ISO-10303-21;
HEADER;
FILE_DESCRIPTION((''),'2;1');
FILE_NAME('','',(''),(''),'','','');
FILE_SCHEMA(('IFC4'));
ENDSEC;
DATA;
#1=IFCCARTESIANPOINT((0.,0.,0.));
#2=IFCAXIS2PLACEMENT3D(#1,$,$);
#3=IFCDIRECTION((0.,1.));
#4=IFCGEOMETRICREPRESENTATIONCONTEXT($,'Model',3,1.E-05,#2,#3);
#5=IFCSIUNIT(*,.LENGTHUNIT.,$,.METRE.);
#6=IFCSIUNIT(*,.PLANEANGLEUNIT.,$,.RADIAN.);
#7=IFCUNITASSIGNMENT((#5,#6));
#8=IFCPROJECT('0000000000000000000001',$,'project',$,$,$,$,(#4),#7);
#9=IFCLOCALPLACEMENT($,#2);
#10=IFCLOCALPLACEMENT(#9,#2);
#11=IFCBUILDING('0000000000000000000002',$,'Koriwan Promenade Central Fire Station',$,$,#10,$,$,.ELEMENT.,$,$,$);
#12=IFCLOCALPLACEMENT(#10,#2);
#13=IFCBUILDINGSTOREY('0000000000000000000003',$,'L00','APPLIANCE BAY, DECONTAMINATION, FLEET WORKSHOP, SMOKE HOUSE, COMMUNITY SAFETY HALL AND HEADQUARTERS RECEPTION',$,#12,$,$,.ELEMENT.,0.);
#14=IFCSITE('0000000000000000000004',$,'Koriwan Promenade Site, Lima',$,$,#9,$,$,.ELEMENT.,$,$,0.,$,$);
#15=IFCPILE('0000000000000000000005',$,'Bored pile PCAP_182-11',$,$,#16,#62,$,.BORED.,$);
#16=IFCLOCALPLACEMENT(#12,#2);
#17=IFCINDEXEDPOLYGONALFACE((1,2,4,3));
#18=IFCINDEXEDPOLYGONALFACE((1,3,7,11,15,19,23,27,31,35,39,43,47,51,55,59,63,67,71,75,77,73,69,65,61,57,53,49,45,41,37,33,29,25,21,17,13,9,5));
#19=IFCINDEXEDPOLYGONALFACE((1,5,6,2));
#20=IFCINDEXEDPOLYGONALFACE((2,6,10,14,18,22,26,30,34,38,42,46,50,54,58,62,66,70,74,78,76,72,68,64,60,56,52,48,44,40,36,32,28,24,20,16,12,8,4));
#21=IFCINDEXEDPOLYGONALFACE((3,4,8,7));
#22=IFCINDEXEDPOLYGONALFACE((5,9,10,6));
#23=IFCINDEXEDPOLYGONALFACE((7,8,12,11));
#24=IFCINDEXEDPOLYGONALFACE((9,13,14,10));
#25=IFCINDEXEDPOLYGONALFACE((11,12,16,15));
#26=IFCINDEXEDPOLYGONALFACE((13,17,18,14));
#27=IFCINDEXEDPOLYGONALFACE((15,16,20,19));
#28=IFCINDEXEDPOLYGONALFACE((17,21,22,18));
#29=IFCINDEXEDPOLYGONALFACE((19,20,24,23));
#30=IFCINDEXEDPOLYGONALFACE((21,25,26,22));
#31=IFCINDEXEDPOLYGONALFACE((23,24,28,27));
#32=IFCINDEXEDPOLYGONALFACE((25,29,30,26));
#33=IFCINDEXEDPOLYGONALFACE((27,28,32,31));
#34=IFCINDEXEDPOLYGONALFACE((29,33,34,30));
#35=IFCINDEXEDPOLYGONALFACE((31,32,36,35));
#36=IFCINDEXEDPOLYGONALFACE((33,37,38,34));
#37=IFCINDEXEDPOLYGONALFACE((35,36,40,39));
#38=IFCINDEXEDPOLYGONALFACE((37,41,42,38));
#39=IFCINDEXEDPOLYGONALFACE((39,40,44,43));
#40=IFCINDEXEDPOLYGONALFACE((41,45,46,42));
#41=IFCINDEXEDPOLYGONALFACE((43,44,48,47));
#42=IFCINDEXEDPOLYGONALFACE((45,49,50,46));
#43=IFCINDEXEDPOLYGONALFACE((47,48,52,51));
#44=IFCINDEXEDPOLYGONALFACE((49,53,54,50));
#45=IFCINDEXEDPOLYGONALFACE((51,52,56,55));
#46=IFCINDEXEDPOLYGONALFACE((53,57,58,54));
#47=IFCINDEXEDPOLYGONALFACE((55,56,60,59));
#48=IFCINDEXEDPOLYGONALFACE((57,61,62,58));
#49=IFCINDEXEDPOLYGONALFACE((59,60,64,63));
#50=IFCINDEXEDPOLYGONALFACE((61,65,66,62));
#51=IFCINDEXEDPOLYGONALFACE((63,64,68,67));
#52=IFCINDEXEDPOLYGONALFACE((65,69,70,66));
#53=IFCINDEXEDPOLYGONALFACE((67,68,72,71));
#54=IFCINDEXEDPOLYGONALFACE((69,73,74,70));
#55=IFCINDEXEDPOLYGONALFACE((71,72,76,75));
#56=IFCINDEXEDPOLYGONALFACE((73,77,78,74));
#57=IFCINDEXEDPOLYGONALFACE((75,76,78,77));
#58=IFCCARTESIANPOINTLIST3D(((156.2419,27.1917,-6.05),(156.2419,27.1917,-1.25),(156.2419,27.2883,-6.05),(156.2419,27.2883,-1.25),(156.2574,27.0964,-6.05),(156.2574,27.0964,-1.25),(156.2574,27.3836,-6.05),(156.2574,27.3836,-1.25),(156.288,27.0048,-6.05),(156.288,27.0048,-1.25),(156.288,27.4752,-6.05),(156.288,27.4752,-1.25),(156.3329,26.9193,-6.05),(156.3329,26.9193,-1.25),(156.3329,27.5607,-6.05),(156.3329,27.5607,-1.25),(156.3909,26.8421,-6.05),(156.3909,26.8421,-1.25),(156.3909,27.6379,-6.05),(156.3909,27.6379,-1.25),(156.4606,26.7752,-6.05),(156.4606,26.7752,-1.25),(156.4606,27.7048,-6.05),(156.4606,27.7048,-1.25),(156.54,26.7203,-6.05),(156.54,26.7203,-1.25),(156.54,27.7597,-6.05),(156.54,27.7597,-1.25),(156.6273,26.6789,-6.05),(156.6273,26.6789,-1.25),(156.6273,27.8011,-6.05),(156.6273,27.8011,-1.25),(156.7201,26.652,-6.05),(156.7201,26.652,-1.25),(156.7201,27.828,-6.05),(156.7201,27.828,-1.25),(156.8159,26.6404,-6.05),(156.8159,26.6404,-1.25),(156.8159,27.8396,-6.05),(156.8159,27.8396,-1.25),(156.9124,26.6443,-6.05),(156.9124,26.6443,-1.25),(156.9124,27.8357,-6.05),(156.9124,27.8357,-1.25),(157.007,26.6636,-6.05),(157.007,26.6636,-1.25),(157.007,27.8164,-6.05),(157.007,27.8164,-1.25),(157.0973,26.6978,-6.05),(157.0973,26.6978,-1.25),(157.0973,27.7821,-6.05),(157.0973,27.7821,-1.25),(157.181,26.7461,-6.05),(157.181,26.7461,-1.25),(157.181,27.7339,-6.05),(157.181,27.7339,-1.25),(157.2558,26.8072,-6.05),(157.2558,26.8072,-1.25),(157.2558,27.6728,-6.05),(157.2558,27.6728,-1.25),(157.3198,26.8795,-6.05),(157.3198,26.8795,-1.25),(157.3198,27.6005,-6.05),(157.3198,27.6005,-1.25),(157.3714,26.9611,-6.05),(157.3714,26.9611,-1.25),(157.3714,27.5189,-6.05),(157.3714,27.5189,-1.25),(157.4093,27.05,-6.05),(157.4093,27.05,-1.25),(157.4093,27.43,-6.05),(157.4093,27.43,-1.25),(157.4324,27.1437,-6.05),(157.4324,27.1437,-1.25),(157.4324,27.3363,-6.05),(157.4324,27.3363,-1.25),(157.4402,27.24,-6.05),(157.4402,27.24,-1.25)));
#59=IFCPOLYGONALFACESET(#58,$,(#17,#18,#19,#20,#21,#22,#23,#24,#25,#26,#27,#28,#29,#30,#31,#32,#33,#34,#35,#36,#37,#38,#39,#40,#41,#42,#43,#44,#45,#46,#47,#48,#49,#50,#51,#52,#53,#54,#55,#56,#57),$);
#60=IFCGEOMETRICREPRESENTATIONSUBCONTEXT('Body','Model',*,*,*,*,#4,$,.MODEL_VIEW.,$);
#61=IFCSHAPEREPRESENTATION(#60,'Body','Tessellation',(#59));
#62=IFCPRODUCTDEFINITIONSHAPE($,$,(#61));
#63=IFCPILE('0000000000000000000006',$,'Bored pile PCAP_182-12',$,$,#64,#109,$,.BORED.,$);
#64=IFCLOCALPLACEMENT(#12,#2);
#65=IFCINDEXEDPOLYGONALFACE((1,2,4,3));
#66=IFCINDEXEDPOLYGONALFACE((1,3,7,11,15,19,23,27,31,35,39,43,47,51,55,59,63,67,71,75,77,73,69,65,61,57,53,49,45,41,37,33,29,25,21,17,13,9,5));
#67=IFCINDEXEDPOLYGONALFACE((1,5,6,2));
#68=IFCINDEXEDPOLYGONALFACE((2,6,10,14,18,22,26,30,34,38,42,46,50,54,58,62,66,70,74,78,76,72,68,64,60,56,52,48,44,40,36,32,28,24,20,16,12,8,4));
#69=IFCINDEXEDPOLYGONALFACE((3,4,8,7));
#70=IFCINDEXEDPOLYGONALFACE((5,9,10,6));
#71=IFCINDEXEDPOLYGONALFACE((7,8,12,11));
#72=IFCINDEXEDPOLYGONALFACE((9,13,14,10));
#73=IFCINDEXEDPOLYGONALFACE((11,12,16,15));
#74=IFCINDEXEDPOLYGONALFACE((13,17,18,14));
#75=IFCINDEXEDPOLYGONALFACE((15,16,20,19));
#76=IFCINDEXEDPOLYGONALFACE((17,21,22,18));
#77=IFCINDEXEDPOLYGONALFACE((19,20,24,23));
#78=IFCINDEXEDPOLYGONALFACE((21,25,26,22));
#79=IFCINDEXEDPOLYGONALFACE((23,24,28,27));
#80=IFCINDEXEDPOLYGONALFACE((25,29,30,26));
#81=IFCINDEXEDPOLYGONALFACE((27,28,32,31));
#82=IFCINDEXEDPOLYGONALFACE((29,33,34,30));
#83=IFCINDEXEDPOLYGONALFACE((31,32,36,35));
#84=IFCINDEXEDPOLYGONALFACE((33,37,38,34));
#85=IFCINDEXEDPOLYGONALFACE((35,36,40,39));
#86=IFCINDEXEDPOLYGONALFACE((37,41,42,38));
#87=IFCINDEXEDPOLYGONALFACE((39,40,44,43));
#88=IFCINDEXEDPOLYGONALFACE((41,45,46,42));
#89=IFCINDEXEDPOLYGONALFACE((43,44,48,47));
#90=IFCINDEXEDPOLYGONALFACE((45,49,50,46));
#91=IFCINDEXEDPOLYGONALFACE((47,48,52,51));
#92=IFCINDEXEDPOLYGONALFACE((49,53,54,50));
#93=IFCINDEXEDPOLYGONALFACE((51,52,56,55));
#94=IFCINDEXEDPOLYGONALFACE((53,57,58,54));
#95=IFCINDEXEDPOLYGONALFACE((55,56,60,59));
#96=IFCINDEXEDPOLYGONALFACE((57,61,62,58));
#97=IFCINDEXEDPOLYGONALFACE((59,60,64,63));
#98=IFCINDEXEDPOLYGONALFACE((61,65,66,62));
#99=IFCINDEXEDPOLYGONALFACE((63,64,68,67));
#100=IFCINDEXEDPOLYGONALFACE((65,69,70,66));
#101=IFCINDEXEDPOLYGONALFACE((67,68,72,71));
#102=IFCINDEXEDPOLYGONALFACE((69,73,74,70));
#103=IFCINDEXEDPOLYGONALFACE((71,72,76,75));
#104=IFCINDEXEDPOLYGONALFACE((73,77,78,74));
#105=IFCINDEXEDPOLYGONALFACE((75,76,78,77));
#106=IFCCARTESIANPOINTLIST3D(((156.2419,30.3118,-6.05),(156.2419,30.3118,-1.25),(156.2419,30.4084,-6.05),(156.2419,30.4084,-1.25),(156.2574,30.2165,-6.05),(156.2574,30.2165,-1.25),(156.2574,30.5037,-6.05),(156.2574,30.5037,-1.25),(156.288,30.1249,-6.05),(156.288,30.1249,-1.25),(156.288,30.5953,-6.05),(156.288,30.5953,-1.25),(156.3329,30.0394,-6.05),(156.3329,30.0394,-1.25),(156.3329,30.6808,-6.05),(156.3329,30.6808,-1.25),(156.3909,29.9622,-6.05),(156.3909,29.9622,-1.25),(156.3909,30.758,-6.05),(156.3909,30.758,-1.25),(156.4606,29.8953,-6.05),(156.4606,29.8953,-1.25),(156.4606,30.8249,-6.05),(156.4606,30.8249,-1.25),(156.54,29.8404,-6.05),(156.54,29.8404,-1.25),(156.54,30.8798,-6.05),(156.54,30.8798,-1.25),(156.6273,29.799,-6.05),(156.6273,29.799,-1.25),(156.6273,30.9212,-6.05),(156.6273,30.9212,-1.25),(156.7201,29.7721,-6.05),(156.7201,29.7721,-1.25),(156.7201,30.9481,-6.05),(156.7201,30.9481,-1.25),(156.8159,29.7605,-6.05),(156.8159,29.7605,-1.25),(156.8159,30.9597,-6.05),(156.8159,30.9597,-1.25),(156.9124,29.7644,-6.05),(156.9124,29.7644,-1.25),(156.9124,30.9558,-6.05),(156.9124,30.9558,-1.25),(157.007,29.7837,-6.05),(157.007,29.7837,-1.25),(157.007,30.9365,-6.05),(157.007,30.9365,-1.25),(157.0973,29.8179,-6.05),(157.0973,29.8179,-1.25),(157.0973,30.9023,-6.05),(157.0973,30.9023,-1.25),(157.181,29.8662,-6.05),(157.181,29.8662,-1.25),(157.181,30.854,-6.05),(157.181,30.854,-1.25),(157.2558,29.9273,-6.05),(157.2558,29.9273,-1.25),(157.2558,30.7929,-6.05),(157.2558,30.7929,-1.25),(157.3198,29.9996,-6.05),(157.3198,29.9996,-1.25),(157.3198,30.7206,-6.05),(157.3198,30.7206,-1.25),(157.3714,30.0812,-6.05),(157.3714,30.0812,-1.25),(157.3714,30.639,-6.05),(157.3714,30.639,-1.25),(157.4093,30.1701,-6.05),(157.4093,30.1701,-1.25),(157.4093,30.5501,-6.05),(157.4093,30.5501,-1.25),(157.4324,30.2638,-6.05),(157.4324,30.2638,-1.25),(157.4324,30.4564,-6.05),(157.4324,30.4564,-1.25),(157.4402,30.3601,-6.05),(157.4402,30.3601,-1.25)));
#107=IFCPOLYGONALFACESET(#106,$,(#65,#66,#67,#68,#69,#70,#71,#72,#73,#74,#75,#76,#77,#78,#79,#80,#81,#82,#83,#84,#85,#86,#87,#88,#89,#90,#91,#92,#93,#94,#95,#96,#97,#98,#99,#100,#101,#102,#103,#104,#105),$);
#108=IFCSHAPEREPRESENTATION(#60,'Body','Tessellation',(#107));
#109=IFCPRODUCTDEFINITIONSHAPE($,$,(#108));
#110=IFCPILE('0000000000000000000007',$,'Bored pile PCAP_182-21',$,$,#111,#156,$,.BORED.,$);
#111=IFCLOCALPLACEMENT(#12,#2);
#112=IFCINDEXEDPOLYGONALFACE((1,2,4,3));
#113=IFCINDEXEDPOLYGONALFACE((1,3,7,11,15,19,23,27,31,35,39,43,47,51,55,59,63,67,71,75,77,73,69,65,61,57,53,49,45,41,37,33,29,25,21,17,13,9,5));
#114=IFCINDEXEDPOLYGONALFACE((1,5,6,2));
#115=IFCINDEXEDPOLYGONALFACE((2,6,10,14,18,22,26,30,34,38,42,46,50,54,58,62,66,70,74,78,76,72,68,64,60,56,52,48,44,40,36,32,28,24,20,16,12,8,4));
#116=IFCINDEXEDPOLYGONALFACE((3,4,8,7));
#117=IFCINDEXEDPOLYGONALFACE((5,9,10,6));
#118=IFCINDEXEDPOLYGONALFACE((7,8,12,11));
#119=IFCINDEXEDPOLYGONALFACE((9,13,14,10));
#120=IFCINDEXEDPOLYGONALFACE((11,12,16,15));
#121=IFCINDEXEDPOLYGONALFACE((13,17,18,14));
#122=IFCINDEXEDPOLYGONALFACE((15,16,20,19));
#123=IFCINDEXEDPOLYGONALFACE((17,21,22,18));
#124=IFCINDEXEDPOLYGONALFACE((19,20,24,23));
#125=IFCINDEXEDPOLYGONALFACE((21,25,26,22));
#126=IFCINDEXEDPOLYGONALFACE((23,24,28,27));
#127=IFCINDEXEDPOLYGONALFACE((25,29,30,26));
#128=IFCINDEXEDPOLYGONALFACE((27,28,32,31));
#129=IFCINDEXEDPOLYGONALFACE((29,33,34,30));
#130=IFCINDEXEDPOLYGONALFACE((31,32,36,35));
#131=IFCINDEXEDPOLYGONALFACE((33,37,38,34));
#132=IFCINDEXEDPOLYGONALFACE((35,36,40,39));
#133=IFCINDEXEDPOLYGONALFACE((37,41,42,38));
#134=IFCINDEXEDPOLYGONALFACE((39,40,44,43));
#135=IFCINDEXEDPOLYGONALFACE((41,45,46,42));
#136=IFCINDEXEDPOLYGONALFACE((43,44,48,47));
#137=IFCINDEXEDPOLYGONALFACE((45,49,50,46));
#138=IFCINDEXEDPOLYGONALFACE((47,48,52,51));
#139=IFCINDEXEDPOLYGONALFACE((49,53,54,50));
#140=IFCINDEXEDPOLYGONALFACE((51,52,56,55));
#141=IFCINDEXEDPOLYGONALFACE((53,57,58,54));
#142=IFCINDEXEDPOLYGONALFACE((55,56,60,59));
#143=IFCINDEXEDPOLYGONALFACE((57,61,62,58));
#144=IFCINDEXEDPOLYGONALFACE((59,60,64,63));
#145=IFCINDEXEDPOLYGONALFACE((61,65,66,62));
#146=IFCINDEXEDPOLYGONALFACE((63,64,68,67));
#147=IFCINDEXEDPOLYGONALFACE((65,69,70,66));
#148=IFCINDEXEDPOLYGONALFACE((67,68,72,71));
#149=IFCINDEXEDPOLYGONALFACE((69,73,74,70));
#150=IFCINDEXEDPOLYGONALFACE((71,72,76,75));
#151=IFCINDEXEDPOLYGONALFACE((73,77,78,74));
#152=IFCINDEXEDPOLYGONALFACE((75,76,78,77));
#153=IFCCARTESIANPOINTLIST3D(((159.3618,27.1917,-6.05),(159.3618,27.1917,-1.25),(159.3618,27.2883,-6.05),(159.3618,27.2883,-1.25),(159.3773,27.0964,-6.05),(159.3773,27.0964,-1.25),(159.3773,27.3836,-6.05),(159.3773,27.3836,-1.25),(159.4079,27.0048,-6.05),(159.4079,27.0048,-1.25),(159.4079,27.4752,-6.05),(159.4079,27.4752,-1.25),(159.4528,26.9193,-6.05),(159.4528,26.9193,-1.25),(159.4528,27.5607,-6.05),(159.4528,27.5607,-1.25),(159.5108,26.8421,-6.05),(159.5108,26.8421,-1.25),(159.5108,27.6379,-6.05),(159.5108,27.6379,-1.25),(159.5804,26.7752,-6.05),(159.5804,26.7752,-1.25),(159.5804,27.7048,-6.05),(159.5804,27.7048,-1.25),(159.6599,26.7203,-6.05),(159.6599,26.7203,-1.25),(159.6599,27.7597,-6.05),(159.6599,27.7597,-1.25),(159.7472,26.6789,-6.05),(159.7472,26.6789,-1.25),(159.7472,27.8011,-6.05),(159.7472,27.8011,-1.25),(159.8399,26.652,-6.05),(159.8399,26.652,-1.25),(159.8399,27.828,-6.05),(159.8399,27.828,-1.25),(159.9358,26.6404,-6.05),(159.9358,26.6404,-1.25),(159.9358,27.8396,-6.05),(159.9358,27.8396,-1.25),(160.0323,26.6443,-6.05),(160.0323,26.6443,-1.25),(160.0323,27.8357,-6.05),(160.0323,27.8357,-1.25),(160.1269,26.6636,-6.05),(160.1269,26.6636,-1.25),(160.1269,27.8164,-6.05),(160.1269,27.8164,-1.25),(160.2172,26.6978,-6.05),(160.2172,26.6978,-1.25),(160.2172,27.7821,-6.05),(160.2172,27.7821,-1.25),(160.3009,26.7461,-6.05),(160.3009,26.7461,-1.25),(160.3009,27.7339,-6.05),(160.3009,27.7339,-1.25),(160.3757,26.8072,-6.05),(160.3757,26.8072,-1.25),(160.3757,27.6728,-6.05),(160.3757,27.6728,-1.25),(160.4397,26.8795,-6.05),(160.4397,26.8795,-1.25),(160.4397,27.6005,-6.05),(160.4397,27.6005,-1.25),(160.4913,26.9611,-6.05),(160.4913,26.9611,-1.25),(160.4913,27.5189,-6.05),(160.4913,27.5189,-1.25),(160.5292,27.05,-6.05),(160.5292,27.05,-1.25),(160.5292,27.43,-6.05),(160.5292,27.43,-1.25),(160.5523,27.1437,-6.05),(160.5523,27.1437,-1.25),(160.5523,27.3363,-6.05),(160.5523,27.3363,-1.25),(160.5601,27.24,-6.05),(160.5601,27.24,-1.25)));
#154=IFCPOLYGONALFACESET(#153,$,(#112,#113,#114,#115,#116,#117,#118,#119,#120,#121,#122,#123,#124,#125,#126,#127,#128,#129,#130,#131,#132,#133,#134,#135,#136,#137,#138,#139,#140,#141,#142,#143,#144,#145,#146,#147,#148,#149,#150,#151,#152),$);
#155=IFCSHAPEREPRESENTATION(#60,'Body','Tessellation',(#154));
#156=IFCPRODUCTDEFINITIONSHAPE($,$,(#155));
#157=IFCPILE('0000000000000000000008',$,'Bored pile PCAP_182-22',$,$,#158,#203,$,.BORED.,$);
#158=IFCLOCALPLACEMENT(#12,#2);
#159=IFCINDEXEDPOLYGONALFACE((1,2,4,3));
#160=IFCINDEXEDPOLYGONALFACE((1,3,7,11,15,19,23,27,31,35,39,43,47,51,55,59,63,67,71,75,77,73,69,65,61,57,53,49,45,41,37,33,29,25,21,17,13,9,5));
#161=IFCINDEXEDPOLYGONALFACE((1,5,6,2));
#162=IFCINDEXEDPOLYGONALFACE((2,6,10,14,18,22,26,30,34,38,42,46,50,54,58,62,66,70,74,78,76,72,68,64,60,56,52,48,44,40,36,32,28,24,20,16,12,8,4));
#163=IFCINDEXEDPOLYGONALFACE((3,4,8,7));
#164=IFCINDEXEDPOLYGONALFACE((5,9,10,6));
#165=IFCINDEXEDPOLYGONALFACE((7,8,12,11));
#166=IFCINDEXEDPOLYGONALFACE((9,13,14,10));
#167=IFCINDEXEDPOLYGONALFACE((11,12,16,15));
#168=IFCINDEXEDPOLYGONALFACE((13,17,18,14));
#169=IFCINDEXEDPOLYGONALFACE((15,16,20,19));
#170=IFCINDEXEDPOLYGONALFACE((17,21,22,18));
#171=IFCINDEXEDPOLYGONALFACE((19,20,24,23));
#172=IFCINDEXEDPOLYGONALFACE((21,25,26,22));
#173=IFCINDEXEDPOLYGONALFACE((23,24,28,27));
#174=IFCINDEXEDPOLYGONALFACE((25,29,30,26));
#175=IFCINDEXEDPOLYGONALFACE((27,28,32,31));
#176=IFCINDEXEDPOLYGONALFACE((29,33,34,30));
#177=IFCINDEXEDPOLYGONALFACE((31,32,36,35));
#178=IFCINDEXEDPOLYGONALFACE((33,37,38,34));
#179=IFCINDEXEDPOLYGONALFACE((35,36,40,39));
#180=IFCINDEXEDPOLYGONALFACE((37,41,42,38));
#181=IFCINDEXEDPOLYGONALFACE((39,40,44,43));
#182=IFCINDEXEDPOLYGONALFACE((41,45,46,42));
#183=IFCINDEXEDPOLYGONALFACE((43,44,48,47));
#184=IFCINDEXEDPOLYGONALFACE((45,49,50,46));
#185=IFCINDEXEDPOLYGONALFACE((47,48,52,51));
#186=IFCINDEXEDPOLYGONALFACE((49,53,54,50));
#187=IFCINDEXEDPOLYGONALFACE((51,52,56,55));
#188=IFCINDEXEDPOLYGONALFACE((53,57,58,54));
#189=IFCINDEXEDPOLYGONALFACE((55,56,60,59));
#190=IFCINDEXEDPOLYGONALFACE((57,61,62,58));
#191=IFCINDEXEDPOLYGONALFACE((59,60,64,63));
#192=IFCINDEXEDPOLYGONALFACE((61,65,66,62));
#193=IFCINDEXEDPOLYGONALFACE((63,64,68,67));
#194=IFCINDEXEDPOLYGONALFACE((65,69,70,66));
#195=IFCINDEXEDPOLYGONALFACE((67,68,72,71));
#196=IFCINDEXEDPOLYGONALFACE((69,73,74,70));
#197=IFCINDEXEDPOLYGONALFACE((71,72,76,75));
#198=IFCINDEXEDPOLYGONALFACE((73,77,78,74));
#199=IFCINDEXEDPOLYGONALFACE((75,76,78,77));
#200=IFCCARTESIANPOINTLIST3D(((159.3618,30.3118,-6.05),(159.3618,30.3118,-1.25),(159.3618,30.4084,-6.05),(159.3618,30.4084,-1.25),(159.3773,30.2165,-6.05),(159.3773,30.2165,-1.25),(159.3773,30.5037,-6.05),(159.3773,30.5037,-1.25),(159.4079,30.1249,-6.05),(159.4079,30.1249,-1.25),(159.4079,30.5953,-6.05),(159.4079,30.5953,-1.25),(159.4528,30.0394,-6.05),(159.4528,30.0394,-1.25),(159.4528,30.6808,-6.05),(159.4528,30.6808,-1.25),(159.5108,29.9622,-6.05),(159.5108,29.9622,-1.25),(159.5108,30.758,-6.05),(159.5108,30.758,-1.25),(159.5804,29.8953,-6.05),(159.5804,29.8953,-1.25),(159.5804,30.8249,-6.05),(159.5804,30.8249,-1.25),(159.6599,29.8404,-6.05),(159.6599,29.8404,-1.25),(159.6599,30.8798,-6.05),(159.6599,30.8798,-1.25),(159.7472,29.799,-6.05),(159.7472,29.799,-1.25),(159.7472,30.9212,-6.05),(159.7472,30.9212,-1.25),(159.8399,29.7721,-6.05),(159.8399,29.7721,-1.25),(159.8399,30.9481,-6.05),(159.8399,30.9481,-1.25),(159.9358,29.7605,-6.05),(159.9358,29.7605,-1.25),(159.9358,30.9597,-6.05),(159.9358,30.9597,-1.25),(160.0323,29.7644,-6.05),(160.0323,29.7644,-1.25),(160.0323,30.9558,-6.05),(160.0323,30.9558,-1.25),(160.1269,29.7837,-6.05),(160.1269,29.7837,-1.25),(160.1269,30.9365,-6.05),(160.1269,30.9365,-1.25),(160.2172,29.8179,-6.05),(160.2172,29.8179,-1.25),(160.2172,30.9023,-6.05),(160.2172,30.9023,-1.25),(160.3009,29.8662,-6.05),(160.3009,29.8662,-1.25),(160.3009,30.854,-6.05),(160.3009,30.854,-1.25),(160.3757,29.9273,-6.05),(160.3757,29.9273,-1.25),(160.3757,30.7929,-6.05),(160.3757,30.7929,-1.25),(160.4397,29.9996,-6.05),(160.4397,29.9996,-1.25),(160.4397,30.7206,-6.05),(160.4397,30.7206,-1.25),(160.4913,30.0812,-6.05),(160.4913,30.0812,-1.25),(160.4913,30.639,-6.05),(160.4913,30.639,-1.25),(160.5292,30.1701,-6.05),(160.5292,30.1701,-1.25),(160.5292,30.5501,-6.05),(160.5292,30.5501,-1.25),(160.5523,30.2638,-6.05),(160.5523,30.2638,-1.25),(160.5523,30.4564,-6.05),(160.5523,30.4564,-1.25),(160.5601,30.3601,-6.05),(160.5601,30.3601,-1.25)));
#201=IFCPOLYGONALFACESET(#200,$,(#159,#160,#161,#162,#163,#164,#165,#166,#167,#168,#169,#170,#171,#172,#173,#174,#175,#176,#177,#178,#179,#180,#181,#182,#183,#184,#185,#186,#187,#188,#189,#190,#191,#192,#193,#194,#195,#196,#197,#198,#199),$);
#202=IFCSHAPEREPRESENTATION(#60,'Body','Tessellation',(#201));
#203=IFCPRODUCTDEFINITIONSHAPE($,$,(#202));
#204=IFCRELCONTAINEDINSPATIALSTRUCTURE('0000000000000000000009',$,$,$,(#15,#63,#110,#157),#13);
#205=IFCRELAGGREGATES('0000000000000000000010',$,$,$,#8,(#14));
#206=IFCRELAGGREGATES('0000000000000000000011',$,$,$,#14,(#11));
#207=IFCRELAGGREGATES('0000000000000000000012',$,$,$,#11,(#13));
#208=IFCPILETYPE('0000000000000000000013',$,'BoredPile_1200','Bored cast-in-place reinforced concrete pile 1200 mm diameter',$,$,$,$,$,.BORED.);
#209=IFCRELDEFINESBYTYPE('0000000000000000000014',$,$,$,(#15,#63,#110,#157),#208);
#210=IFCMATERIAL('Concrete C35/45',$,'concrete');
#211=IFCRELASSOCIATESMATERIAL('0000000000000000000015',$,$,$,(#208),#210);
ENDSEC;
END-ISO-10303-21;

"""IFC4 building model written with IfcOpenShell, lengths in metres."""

from ifc_helpers import new_model, si_unit, direction, frame, origin, origin_2d, place, context, subcontext, project, spatial, circle, extrude, material, material_profile, profile_set, type_object, element, save


model = new_model("IFC4")

# Units and contexts
model_context = context("Model", 3, precision=1e-05, world=origin(), true_north=direction((0.0, 1.0)))
body_context = subcontext(model_context, "Body", "Model", "MODEL_VIEW")
ifc_project = project(units=[si_unit("LENGTHUNIT", "METRE"), si_unit("PLANEANGLEUNIT", "RADIAN")], contexts=[model_context])

# Site, building, storey
site_placement = place(None, origin())
site = spatial("IfcSite", under=ifc_project, at=site_placement, Name="Koriwan Promenade Site, Lima", CompositionType="ELEMENT", RefElevation=0.0)
building_placement = place(site_placement, origin())
building = spatial("IfcBuilding", under=site, at=building_placement, Name="Koriwan Promenade Central Fire Station", CompositionType="ELEMENT")
storey_placement = place(building_placement, origin())
storey = spatial("IfcBuildingStorey", under=building, at=storey_placement, Name="L00", Description="APPLIANCE BAY, DECONTAMINATION, FLEET WORKSHOP, SMOKE HOUSE, COMMUNITY SAFETY HALL AND HEADQUARTERS RECEPTION", CompositionType="ELEMENT", Elevation=0.0)

# Piles
ifc_material_1 = material(Name="Concrete C35/45", Category="concrete")
ifc_material_profile_1 = material_profile(ifc_material_1, circle(Radius=0.6001, at=origin_2d()), Name="PILE-D1200")
ifc_profile_set_1 = profile_set([ifc_material_profile_1], Name="Concrete C35/45")
pile_type = type_object("IfcPileType", Name="BoredPile_1200", Description="Bored cast-in-place reinforced concrete pile 1200 mm diameter", PredefinedType="BORED", material=ifc_profile_set_1)
for number, where, z_axis, x_axis, name in (
    (1, (156.8401, 27.24, -1.25), (0.0, 0.0, -1.0), (1.0, 0.0, 0.0), "Bored pile PCAP_182-11"),
    (2, (156.8401, 30.3601, -1.25), (0.0, 0.0, -1.0), (1.0, 0.0, 0.0), "Bored pile PCAP_182-12"),
    (3, (159.96, 27.24, -1.25), (0.0, 0.0, -1.0), (1.0, 0.0, 0.0), "Bored pile PCAP_182-21"),
    (4, (159.96, 30.3601, -1.25), (0.0, 0.0, -1.0), (1.0, 0.0, 0.0), "Bored pile PCAP_182-22"),
):
    element("IfcPile", number, at=place(storey_placement, frame(where, z_axis=z_axis, x_axis=x_axis)), inside=storey, type_object=pile_type, Name=name, PredefinedType="BORED", context=body_context, shape_type="SweptSolid", body=[
        extrude(circle(Radius=0.6001, at=origin_2d()), origin(), (0.0, 0.0, 1.0), 4.8),
    ])

save(model, "model.ifc")
